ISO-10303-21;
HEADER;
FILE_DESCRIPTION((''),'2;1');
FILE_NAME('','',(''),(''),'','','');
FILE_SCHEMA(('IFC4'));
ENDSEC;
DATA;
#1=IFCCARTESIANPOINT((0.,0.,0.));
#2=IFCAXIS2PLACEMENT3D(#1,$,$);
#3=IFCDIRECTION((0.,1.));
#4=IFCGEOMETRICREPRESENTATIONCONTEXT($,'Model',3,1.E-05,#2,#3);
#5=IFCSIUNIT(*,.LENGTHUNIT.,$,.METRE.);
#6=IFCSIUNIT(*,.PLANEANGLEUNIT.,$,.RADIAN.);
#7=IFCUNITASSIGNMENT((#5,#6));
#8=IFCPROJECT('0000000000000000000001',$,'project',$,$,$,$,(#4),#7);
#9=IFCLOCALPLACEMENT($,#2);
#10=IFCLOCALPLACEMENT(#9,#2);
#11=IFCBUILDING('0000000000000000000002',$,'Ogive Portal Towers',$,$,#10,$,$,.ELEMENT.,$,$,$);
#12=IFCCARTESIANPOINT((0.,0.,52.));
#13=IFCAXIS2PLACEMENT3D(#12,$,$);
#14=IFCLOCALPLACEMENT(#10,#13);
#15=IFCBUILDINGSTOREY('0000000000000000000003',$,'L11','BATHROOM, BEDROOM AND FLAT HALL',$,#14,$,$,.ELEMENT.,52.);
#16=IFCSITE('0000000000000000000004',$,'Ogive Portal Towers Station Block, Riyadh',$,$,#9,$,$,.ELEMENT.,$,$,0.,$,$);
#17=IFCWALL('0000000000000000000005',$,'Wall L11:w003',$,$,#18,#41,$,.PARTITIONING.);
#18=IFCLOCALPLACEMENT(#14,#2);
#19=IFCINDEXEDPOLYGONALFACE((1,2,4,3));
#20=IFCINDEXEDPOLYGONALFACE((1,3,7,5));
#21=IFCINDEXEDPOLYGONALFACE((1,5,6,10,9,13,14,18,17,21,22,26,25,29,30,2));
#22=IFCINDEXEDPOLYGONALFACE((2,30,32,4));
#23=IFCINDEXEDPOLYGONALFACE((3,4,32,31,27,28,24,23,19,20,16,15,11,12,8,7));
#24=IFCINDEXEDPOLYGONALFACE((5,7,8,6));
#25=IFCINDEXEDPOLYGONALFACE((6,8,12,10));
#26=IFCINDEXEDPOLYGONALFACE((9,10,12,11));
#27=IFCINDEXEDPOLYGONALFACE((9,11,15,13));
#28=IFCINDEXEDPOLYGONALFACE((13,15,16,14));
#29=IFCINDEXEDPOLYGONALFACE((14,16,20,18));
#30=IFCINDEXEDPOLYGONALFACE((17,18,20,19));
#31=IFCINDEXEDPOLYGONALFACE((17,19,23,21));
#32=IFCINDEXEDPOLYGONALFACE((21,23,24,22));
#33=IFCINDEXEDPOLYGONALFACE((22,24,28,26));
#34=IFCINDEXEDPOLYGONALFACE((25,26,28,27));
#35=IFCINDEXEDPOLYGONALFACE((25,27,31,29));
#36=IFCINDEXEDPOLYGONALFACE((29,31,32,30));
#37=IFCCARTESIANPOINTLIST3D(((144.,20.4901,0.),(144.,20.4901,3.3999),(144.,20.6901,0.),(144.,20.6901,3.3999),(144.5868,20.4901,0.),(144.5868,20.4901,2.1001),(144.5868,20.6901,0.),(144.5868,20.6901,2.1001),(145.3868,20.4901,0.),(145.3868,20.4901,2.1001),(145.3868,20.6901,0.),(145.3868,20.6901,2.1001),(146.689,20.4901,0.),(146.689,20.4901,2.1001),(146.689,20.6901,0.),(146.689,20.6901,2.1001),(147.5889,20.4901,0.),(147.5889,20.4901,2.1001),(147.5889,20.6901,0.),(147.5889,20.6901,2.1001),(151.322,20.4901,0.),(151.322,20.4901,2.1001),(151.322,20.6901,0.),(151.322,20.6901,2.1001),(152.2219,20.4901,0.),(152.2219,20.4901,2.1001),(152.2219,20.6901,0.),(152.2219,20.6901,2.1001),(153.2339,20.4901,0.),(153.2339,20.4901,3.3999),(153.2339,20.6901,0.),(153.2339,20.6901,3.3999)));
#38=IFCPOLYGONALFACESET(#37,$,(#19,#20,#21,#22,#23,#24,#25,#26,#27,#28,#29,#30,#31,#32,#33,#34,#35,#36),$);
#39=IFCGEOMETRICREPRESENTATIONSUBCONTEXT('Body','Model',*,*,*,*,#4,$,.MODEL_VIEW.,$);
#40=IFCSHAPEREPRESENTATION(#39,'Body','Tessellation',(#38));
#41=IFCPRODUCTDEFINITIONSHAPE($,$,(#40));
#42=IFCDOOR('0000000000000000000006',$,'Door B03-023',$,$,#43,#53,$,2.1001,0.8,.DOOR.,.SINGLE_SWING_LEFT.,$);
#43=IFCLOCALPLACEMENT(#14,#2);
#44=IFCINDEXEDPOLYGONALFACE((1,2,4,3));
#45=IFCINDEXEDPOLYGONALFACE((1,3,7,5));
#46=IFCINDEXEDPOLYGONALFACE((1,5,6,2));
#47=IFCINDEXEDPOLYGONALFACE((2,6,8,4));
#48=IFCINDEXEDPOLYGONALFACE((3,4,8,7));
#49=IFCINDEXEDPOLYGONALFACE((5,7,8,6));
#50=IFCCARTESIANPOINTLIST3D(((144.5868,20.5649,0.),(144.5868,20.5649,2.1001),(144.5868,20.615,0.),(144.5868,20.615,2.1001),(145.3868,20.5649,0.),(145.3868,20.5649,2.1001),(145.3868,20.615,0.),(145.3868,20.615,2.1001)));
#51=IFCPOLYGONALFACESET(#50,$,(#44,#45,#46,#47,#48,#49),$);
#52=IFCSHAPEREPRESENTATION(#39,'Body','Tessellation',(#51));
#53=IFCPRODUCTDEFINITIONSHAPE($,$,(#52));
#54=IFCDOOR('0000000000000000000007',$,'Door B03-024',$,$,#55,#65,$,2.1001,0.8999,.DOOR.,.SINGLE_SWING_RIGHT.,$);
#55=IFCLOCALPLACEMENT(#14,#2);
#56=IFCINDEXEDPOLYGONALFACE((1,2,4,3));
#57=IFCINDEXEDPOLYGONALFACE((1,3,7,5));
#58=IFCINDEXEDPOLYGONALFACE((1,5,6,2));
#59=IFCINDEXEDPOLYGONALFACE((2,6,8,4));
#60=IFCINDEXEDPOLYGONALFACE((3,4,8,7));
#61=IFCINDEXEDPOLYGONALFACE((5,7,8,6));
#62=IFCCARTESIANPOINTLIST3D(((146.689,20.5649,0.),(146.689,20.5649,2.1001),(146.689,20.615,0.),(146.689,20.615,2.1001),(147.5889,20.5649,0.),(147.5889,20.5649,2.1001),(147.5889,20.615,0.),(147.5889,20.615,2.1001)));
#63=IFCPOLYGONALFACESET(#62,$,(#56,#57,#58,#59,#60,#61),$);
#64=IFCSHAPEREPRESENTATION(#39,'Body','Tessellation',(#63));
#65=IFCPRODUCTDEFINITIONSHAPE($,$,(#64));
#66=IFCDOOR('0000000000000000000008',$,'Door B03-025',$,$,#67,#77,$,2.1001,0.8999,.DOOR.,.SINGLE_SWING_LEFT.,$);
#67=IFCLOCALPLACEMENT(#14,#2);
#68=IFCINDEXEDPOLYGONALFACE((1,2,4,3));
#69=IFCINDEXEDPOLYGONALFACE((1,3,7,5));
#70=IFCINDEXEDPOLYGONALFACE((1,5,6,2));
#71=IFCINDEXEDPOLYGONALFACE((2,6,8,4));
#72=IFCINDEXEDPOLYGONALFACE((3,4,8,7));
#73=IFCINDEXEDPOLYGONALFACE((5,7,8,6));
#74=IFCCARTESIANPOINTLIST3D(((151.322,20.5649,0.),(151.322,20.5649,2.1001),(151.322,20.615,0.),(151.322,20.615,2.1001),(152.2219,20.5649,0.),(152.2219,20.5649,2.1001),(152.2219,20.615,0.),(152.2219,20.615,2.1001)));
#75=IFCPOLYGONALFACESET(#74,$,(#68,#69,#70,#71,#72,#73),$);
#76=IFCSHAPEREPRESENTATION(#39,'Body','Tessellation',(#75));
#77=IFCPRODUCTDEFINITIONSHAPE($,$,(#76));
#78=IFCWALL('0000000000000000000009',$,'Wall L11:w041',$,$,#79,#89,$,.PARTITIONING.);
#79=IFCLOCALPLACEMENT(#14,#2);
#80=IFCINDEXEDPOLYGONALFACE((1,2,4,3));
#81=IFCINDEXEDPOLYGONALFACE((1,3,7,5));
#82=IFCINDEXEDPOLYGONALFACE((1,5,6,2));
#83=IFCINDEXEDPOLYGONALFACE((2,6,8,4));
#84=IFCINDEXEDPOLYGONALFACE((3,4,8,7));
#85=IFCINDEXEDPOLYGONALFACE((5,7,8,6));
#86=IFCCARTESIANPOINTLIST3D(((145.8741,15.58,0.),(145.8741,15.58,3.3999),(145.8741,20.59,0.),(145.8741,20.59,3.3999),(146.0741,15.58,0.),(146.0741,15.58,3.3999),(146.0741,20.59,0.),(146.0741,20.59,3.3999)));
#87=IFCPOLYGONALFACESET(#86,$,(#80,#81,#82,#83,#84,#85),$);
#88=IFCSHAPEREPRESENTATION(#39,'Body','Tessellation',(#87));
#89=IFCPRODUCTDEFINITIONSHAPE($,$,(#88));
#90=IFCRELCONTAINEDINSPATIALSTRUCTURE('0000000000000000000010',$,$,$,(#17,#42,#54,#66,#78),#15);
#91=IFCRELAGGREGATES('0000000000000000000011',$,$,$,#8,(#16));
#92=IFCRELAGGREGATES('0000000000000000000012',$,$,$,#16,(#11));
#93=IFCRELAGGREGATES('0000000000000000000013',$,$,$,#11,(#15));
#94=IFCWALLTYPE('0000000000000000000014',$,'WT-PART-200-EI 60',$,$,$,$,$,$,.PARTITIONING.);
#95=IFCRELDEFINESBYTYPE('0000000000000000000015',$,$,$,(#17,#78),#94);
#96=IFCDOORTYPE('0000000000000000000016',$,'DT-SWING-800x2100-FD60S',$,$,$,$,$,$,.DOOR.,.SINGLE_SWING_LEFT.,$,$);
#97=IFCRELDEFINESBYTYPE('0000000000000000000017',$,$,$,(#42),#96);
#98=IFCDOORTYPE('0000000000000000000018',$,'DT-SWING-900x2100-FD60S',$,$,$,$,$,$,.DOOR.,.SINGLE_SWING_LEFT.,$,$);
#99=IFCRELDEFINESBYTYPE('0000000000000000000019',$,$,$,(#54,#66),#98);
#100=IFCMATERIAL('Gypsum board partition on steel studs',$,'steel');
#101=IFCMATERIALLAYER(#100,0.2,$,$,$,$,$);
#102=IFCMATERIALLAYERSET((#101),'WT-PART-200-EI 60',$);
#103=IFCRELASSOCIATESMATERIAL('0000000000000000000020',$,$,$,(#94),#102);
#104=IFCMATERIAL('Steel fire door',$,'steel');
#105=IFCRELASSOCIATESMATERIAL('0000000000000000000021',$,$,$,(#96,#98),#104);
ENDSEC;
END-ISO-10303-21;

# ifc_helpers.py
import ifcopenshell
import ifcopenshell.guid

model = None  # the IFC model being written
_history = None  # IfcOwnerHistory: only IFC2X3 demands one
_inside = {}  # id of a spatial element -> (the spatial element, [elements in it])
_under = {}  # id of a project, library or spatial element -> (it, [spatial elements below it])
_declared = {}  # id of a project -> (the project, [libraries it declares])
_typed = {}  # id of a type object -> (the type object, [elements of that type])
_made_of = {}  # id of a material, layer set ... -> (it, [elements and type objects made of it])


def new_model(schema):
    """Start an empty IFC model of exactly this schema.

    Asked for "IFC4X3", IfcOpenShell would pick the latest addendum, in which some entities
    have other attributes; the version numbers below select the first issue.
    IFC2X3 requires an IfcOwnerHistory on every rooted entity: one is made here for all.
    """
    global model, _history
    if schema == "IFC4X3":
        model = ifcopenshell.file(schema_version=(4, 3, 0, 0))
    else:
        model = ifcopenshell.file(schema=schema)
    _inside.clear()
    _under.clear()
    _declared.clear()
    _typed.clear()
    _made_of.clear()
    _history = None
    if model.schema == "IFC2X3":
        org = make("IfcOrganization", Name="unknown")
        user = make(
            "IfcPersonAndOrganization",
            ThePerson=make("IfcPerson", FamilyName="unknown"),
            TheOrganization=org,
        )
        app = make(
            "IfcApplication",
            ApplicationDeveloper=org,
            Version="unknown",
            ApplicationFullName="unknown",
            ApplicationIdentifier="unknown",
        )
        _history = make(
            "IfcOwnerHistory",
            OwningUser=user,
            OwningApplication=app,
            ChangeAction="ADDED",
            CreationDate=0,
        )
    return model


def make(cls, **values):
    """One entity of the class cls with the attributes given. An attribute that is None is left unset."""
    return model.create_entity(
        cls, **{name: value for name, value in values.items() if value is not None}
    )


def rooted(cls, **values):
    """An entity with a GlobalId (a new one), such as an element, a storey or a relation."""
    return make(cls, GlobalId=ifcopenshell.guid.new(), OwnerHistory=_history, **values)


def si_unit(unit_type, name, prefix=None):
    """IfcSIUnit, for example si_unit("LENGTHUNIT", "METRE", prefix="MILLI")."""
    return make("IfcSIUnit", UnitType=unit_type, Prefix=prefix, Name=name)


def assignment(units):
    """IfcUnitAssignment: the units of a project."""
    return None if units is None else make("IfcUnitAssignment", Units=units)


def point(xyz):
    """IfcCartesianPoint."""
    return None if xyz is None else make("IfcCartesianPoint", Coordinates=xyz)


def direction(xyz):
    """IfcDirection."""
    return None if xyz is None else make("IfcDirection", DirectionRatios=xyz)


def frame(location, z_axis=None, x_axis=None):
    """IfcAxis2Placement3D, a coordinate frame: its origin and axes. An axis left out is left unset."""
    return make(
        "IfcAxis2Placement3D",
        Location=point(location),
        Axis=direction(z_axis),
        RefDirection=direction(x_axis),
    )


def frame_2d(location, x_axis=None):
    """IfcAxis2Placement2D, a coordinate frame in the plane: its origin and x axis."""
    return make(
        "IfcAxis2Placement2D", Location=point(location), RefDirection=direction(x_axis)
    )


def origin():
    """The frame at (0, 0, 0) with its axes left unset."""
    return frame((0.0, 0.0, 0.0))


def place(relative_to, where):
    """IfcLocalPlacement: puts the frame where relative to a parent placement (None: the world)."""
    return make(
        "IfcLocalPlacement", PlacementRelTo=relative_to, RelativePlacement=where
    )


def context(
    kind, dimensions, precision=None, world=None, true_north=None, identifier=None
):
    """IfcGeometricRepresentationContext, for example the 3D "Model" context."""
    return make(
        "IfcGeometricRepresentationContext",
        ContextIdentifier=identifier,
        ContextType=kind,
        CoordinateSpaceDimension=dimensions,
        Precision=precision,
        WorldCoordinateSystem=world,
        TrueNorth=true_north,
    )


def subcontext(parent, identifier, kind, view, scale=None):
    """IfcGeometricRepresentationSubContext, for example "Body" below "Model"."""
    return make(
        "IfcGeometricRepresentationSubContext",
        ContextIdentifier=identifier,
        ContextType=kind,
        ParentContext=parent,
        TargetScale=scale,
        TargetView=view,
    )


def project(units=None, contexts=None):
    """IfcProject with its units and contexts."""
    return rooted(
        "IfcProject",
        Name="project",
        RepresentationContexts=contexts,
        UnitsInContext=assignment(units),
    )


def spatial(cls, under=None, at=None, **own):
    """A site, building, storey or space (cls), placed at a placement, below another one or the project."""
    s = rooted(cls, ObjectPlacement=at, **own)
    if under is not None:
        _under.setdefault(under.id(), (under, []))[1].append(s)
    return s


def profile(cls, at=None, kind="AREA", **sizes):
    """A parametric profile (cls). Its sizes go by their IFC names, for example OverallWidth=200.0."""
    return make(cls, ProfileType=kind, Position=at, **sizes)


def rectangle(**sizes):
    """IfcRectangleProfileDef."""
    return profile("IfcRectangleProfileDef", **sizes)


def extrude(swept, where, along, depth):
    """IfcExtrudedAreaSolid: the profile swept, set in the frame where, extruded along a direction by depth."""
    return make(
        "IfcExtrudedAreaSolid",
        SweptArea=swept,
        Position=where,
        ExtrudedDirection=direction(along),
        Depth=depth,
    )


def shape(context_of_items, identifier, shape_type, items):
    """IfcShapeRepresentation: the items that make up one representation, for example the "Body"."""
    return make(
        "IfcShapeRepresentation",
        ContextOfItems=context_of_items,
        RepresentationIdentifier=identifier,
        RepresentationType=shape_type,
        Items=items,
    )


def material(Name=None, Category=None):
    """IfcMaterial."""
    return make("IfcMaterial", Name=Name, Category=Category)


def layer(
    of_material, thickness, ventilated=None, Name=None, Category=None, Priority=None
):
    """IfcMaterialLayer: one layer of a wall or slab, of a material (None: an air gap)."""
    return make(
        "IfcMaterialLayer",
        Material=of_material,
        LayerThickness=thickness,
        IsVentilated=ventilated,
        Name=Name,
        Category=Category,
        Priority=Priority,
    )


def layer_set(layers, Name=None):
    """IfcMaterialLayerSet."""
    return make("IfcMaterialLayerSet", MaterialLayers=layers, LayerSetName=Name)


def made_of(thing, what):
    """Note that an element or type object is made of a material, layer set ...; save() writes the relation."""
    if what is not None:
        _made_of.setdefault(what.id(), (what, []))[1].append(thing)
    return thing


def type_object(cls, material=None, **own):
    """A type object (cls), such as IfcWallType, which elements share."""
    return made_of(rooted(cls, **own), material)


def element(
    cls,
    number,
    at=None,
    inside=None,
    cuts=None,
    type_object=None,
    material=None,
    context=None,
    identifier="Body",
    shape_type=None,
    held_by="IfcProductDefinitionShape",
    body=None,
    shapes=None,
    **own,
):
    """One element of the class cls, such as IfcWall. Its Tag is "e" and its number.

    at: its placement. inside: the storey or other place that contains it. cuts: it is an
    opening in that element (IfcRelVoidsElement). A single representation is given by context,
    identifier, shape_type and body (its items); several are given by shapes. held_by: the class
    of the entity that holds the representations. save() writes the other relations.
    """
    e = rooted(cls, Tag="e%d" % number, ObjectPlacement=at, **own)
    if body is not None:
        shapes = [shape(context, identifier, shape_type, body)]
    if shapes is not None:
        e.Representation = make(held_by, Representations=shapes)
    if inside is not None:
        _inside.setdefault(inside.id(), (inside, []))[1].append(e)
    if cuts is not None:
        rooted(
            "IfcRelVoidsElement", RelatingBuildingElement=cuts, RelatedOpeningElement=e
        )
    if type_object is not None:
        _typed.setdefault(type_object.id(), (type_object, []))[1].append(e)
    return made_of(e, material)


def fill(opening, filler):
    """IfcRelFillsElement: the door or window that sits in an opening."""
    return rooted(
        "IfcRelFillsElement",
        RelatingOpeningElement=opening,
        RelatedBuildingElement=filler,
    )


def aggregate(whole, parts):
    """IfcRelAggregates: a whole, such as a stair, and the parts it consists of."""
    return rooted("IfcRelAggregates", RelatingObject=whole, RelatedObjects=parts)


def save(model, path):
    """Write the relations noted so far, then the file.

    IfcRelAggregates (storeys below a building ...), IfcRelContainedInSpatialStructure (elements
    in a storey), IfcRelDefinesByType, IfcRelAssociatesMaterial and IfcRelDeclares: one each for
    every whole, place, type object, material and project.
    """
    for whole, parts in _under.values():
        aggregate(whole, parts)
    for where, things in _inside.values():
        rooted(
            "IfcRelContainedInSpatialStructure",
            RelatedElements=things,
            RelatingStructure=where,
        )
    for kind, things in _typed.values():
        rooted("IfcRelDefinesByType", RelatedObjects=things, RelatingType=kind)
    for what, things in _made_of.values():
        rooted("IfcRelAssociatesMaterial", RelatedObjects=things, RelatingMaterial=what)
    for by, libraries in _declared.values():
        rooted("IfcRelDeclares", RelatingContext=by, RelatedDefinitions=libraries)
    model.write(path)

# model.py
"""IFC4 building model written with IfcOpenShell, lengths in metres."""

from ifc_helpers import new_model, si_unit, direction, frame, frame_2d, origin, place, context, subcontext, project, spatial, rectangle, extrude, material, layer, layer_set, type_object, element, fill, save


model = new_model("IFC4")

# Units and contexts
model_context = context("Model", 3, precision=1e-05, world=origin(), true_north=direction((0.0, 1.0)))
body_context = subcontext(model_context, "Body", "Model", "MODEL_VIEW")
ifc_project = project(units=[si_unit("LENGTHUNIT", "METRE"), si_unit("PLANEANGLEUNIT", "RADIAN")], contexts=[model_context])

# Site, building, storey
site_placement = place(None, origin())
site = spatial("IfcSite", under=ifc_project, at=site_placement, Name="Ogive Portal Towers Station Block, Riyadh", CompositionType="ELEMENT", RefElevation=0.0)
building_placement = place(site_placement, origin())
building = spatial("IfcBuilding", under=site, at=building_placement, Name="Ogive Portal Towers", CompositionType="ELEMENT")
storey_placement = place(building_placement, frame((0.0, 0.0, 52.0)))
storey = spatial("IfcBuildingStorey", under=building, at=storey_placement, Name="L11", Description="BATHROOM, BEDROOM AND FLAT HALL", CompositionType="ELEMENT", Elevation=52.0)

# Wall, openings, doors
ifc_material_1 = material(Name="Gypsum board partition on steel studs", Category="steel")
ifc_layer_1 = layer(ifc_material_1, 0.2)
ifc_layer_set_1 = layer_set([ifc_layer_1], Name="WT-PART-200-EI 60")
wall_type_1 = type_object("IfcWallType", Name="WT-PART-200-EI 60", PredefinedType="PARTITIONING", material=ifc_layer_set_1)
wall_1_placement = place(storey_placement, frame((144.0, 20.5901, 0.0), z_axis=(0.0, 0.0, 1.0), x_axis=(1.0, 0.0, 0.0)))
wall_1 = element("IfcWall", 1, at=wall_1_placement, inside=storey, type_object=wall_type_1, Name="Wall L11:w003", PredefinedType="PARTITIONING", context=body_context, shape_type="SweptSolid", body=[
    extrude(rectangle(XDim=9.2339, YDim=0.2, at=frame_2d((4.6169, 0.0))), origin(), (0.0, 0.0, 1.0), 3.3999),
])
opening_1_placement = place(wall_1_placement, frame((0.5869, 0.0, 0.0)))
opening_1 = element("IfcOpeningElement", 2, at=opening_1_placement, cuts=wall_1, PredefinedType="OPENING", context=body_context, shape_type="SweptSolid", body=[
    extrude(rectangle(XDim=0.8, YDim=2.1001, at=frame_2d((0.3999, 1.05))), frame((0.0, 0.1099, 0.0), z_axis=(0.0, -1.0, 0.0), x_axis=(1.0, 0.0, 0.0)), (0.0, 0.0, 1.0), 0.22),
])
opening_2_placement = place(wall_1_placement, frame((2.689, 0.0, 0.0)))
opening_2 = element("IfcOpeningElement", 3, at=opening_2_placement, cuts=wall_1, PredefinedType="OPENING", context=body_context, shape_type="SweptSolid", body=[
    extrude(rectangle(XDim=0.8999, YDim=2.1001, at=frame_2d((0.45, 1.05))), frame((0.0, 0.1099, 0.0), z_axis=(0.0, -1.0, 0.0), x_axis=(1.0, 0.0, 0.0)), (0.0, 0.0, 1.0), 0.22),
])
opening_3_placement = place(wall_1_placement, frame((7.322, 0.0, 0.0)))
opening_3 = element("IfcOpeningElement", 4, at=opening_3_placement, cuts=wall_1, PredefinedType="OPENING", context=body_context, shape_type="SweptSolid", body=[
    extrude(rectangle(XDim=0.8999, YDim=2.1001, at=frame_2d((0.45, 1.05))), frame((0.0, 0.1099, 0.0), z_axis=(0.0, -1.0, 0.0), x_axis=(1.0, 0.0, 0.0)), (0.0, 0.0, 1.0), 0.22),
])
ifc_material_2 = material(Name="Steel fire door", Category="steel")
door_type_1 = type_object("IfcDoorType", Name="DT-SWING-800x2100-FD60S", OperationType="SINGLE_SWING_LEFT", PredefinedType="DOOR", material=ifc_material_2)
door_1_placement = place(opening_1_placement, origin())
door_1 = element("IfcDoor", 5, at=door_1_placement, inside=storey, type_object=door_type_1, Name="Door B03-023", OperationType="SINGLE_SWING_LEFT", OverallHeight=2.1001, OverallWidth=0.8, PredefinedType="DOOR", context=body_context, shape_type="SweptSolid", body=[
    extrude(rectangle(XDim=0.8, YDim=2.1001, at=frame_2d((0.3999, 1.05))), frame((0.0, 0.0249, 0.0), z_axis=(0.0, -1.0, 0.0), x_axis=(1.0, 0.0, 0.0)), (0.0, 0.0, 1.0), 0.05),
])
fill(opening_1, door_1)
door_type_2 = type_object("IfcDoorType", Name="DT-SWING-900x2100-FD60S", OperationType="SINGLE_SWING_LEFT", PredefinedType="DOOR", material=ifc_material_2)
door_2_placement = place(opening_2_placement, origin())
door_2 = element("IfcDoor", 6, at=door_2_placement, inside=storey, type_object=door_type_2, Name="Door B03-024", OperationType="SINGLE_SWING_RIGHT", OverallHeight=2.1001, OverallWidth=0.8999, PredefinedType="DOOR", context=body_context, shape_type="SweptSolid", body=[
    extrude(rectangle(XDim=0.8999, YDim=2.1001, at=frame_2d((0.45, 1.05))), frame((0.0, 0.0249, 0.0), z_axis=(0.0, -1.0, 0.0), x_axis=(1.0, 0.0, 0.0)), (0.0, 0.0, 1.0), 0.05),
])
fill(opening_2, door_2)
door_3_placement = place(opening_3_placement, origin())
door_3 = element("IfcDoor", 7, at=door_3_placement, inside=storey, type_object=door_type_2, Name="Door B03-025", OperationType="SINGLE_SWING_LEFT", OverallHeight=2.1001, OverallWidth=0.8999, PredefinedType="DOOR", context=body_context, shape_type="SweptSolid", body=[
    extrude(rectangle(XDim=0.8999, YDim=2.1001, at=frame_2d((0.45, 1.05))), frame((0.0, 0.0249, 0.0), z_axis=(0.0, -1.0, 0.0), x_axis=(1.0, 0.0, 0.0)), (0.0, 0.0, 1.0), 0.05),
])
fill(opening_3, door_3)

# Wall
wall_2_placement = place(storey_placement, frame((145.9741, 15.5801, 0.0), z_axis=(0.0, 0.0, 1.0), x_axis=(0.0, 1.0, 0.0)))
element("IfcWall", 8, at=wall_2_placement, inside=storey, type_object=wall_type_1, Name="Wall L11:w041", PredefinedType="PARTITIONING", context=body_context, shape_type="SweptSolid", body=[
    extrude(rectangle(XDim=5.01, YDim=0.2, at=frame_2d((2.5049, 0.0))), origin(), (0.0, 0.0, 1.0), 3.3999),
])

save(model, "model.ifc")
